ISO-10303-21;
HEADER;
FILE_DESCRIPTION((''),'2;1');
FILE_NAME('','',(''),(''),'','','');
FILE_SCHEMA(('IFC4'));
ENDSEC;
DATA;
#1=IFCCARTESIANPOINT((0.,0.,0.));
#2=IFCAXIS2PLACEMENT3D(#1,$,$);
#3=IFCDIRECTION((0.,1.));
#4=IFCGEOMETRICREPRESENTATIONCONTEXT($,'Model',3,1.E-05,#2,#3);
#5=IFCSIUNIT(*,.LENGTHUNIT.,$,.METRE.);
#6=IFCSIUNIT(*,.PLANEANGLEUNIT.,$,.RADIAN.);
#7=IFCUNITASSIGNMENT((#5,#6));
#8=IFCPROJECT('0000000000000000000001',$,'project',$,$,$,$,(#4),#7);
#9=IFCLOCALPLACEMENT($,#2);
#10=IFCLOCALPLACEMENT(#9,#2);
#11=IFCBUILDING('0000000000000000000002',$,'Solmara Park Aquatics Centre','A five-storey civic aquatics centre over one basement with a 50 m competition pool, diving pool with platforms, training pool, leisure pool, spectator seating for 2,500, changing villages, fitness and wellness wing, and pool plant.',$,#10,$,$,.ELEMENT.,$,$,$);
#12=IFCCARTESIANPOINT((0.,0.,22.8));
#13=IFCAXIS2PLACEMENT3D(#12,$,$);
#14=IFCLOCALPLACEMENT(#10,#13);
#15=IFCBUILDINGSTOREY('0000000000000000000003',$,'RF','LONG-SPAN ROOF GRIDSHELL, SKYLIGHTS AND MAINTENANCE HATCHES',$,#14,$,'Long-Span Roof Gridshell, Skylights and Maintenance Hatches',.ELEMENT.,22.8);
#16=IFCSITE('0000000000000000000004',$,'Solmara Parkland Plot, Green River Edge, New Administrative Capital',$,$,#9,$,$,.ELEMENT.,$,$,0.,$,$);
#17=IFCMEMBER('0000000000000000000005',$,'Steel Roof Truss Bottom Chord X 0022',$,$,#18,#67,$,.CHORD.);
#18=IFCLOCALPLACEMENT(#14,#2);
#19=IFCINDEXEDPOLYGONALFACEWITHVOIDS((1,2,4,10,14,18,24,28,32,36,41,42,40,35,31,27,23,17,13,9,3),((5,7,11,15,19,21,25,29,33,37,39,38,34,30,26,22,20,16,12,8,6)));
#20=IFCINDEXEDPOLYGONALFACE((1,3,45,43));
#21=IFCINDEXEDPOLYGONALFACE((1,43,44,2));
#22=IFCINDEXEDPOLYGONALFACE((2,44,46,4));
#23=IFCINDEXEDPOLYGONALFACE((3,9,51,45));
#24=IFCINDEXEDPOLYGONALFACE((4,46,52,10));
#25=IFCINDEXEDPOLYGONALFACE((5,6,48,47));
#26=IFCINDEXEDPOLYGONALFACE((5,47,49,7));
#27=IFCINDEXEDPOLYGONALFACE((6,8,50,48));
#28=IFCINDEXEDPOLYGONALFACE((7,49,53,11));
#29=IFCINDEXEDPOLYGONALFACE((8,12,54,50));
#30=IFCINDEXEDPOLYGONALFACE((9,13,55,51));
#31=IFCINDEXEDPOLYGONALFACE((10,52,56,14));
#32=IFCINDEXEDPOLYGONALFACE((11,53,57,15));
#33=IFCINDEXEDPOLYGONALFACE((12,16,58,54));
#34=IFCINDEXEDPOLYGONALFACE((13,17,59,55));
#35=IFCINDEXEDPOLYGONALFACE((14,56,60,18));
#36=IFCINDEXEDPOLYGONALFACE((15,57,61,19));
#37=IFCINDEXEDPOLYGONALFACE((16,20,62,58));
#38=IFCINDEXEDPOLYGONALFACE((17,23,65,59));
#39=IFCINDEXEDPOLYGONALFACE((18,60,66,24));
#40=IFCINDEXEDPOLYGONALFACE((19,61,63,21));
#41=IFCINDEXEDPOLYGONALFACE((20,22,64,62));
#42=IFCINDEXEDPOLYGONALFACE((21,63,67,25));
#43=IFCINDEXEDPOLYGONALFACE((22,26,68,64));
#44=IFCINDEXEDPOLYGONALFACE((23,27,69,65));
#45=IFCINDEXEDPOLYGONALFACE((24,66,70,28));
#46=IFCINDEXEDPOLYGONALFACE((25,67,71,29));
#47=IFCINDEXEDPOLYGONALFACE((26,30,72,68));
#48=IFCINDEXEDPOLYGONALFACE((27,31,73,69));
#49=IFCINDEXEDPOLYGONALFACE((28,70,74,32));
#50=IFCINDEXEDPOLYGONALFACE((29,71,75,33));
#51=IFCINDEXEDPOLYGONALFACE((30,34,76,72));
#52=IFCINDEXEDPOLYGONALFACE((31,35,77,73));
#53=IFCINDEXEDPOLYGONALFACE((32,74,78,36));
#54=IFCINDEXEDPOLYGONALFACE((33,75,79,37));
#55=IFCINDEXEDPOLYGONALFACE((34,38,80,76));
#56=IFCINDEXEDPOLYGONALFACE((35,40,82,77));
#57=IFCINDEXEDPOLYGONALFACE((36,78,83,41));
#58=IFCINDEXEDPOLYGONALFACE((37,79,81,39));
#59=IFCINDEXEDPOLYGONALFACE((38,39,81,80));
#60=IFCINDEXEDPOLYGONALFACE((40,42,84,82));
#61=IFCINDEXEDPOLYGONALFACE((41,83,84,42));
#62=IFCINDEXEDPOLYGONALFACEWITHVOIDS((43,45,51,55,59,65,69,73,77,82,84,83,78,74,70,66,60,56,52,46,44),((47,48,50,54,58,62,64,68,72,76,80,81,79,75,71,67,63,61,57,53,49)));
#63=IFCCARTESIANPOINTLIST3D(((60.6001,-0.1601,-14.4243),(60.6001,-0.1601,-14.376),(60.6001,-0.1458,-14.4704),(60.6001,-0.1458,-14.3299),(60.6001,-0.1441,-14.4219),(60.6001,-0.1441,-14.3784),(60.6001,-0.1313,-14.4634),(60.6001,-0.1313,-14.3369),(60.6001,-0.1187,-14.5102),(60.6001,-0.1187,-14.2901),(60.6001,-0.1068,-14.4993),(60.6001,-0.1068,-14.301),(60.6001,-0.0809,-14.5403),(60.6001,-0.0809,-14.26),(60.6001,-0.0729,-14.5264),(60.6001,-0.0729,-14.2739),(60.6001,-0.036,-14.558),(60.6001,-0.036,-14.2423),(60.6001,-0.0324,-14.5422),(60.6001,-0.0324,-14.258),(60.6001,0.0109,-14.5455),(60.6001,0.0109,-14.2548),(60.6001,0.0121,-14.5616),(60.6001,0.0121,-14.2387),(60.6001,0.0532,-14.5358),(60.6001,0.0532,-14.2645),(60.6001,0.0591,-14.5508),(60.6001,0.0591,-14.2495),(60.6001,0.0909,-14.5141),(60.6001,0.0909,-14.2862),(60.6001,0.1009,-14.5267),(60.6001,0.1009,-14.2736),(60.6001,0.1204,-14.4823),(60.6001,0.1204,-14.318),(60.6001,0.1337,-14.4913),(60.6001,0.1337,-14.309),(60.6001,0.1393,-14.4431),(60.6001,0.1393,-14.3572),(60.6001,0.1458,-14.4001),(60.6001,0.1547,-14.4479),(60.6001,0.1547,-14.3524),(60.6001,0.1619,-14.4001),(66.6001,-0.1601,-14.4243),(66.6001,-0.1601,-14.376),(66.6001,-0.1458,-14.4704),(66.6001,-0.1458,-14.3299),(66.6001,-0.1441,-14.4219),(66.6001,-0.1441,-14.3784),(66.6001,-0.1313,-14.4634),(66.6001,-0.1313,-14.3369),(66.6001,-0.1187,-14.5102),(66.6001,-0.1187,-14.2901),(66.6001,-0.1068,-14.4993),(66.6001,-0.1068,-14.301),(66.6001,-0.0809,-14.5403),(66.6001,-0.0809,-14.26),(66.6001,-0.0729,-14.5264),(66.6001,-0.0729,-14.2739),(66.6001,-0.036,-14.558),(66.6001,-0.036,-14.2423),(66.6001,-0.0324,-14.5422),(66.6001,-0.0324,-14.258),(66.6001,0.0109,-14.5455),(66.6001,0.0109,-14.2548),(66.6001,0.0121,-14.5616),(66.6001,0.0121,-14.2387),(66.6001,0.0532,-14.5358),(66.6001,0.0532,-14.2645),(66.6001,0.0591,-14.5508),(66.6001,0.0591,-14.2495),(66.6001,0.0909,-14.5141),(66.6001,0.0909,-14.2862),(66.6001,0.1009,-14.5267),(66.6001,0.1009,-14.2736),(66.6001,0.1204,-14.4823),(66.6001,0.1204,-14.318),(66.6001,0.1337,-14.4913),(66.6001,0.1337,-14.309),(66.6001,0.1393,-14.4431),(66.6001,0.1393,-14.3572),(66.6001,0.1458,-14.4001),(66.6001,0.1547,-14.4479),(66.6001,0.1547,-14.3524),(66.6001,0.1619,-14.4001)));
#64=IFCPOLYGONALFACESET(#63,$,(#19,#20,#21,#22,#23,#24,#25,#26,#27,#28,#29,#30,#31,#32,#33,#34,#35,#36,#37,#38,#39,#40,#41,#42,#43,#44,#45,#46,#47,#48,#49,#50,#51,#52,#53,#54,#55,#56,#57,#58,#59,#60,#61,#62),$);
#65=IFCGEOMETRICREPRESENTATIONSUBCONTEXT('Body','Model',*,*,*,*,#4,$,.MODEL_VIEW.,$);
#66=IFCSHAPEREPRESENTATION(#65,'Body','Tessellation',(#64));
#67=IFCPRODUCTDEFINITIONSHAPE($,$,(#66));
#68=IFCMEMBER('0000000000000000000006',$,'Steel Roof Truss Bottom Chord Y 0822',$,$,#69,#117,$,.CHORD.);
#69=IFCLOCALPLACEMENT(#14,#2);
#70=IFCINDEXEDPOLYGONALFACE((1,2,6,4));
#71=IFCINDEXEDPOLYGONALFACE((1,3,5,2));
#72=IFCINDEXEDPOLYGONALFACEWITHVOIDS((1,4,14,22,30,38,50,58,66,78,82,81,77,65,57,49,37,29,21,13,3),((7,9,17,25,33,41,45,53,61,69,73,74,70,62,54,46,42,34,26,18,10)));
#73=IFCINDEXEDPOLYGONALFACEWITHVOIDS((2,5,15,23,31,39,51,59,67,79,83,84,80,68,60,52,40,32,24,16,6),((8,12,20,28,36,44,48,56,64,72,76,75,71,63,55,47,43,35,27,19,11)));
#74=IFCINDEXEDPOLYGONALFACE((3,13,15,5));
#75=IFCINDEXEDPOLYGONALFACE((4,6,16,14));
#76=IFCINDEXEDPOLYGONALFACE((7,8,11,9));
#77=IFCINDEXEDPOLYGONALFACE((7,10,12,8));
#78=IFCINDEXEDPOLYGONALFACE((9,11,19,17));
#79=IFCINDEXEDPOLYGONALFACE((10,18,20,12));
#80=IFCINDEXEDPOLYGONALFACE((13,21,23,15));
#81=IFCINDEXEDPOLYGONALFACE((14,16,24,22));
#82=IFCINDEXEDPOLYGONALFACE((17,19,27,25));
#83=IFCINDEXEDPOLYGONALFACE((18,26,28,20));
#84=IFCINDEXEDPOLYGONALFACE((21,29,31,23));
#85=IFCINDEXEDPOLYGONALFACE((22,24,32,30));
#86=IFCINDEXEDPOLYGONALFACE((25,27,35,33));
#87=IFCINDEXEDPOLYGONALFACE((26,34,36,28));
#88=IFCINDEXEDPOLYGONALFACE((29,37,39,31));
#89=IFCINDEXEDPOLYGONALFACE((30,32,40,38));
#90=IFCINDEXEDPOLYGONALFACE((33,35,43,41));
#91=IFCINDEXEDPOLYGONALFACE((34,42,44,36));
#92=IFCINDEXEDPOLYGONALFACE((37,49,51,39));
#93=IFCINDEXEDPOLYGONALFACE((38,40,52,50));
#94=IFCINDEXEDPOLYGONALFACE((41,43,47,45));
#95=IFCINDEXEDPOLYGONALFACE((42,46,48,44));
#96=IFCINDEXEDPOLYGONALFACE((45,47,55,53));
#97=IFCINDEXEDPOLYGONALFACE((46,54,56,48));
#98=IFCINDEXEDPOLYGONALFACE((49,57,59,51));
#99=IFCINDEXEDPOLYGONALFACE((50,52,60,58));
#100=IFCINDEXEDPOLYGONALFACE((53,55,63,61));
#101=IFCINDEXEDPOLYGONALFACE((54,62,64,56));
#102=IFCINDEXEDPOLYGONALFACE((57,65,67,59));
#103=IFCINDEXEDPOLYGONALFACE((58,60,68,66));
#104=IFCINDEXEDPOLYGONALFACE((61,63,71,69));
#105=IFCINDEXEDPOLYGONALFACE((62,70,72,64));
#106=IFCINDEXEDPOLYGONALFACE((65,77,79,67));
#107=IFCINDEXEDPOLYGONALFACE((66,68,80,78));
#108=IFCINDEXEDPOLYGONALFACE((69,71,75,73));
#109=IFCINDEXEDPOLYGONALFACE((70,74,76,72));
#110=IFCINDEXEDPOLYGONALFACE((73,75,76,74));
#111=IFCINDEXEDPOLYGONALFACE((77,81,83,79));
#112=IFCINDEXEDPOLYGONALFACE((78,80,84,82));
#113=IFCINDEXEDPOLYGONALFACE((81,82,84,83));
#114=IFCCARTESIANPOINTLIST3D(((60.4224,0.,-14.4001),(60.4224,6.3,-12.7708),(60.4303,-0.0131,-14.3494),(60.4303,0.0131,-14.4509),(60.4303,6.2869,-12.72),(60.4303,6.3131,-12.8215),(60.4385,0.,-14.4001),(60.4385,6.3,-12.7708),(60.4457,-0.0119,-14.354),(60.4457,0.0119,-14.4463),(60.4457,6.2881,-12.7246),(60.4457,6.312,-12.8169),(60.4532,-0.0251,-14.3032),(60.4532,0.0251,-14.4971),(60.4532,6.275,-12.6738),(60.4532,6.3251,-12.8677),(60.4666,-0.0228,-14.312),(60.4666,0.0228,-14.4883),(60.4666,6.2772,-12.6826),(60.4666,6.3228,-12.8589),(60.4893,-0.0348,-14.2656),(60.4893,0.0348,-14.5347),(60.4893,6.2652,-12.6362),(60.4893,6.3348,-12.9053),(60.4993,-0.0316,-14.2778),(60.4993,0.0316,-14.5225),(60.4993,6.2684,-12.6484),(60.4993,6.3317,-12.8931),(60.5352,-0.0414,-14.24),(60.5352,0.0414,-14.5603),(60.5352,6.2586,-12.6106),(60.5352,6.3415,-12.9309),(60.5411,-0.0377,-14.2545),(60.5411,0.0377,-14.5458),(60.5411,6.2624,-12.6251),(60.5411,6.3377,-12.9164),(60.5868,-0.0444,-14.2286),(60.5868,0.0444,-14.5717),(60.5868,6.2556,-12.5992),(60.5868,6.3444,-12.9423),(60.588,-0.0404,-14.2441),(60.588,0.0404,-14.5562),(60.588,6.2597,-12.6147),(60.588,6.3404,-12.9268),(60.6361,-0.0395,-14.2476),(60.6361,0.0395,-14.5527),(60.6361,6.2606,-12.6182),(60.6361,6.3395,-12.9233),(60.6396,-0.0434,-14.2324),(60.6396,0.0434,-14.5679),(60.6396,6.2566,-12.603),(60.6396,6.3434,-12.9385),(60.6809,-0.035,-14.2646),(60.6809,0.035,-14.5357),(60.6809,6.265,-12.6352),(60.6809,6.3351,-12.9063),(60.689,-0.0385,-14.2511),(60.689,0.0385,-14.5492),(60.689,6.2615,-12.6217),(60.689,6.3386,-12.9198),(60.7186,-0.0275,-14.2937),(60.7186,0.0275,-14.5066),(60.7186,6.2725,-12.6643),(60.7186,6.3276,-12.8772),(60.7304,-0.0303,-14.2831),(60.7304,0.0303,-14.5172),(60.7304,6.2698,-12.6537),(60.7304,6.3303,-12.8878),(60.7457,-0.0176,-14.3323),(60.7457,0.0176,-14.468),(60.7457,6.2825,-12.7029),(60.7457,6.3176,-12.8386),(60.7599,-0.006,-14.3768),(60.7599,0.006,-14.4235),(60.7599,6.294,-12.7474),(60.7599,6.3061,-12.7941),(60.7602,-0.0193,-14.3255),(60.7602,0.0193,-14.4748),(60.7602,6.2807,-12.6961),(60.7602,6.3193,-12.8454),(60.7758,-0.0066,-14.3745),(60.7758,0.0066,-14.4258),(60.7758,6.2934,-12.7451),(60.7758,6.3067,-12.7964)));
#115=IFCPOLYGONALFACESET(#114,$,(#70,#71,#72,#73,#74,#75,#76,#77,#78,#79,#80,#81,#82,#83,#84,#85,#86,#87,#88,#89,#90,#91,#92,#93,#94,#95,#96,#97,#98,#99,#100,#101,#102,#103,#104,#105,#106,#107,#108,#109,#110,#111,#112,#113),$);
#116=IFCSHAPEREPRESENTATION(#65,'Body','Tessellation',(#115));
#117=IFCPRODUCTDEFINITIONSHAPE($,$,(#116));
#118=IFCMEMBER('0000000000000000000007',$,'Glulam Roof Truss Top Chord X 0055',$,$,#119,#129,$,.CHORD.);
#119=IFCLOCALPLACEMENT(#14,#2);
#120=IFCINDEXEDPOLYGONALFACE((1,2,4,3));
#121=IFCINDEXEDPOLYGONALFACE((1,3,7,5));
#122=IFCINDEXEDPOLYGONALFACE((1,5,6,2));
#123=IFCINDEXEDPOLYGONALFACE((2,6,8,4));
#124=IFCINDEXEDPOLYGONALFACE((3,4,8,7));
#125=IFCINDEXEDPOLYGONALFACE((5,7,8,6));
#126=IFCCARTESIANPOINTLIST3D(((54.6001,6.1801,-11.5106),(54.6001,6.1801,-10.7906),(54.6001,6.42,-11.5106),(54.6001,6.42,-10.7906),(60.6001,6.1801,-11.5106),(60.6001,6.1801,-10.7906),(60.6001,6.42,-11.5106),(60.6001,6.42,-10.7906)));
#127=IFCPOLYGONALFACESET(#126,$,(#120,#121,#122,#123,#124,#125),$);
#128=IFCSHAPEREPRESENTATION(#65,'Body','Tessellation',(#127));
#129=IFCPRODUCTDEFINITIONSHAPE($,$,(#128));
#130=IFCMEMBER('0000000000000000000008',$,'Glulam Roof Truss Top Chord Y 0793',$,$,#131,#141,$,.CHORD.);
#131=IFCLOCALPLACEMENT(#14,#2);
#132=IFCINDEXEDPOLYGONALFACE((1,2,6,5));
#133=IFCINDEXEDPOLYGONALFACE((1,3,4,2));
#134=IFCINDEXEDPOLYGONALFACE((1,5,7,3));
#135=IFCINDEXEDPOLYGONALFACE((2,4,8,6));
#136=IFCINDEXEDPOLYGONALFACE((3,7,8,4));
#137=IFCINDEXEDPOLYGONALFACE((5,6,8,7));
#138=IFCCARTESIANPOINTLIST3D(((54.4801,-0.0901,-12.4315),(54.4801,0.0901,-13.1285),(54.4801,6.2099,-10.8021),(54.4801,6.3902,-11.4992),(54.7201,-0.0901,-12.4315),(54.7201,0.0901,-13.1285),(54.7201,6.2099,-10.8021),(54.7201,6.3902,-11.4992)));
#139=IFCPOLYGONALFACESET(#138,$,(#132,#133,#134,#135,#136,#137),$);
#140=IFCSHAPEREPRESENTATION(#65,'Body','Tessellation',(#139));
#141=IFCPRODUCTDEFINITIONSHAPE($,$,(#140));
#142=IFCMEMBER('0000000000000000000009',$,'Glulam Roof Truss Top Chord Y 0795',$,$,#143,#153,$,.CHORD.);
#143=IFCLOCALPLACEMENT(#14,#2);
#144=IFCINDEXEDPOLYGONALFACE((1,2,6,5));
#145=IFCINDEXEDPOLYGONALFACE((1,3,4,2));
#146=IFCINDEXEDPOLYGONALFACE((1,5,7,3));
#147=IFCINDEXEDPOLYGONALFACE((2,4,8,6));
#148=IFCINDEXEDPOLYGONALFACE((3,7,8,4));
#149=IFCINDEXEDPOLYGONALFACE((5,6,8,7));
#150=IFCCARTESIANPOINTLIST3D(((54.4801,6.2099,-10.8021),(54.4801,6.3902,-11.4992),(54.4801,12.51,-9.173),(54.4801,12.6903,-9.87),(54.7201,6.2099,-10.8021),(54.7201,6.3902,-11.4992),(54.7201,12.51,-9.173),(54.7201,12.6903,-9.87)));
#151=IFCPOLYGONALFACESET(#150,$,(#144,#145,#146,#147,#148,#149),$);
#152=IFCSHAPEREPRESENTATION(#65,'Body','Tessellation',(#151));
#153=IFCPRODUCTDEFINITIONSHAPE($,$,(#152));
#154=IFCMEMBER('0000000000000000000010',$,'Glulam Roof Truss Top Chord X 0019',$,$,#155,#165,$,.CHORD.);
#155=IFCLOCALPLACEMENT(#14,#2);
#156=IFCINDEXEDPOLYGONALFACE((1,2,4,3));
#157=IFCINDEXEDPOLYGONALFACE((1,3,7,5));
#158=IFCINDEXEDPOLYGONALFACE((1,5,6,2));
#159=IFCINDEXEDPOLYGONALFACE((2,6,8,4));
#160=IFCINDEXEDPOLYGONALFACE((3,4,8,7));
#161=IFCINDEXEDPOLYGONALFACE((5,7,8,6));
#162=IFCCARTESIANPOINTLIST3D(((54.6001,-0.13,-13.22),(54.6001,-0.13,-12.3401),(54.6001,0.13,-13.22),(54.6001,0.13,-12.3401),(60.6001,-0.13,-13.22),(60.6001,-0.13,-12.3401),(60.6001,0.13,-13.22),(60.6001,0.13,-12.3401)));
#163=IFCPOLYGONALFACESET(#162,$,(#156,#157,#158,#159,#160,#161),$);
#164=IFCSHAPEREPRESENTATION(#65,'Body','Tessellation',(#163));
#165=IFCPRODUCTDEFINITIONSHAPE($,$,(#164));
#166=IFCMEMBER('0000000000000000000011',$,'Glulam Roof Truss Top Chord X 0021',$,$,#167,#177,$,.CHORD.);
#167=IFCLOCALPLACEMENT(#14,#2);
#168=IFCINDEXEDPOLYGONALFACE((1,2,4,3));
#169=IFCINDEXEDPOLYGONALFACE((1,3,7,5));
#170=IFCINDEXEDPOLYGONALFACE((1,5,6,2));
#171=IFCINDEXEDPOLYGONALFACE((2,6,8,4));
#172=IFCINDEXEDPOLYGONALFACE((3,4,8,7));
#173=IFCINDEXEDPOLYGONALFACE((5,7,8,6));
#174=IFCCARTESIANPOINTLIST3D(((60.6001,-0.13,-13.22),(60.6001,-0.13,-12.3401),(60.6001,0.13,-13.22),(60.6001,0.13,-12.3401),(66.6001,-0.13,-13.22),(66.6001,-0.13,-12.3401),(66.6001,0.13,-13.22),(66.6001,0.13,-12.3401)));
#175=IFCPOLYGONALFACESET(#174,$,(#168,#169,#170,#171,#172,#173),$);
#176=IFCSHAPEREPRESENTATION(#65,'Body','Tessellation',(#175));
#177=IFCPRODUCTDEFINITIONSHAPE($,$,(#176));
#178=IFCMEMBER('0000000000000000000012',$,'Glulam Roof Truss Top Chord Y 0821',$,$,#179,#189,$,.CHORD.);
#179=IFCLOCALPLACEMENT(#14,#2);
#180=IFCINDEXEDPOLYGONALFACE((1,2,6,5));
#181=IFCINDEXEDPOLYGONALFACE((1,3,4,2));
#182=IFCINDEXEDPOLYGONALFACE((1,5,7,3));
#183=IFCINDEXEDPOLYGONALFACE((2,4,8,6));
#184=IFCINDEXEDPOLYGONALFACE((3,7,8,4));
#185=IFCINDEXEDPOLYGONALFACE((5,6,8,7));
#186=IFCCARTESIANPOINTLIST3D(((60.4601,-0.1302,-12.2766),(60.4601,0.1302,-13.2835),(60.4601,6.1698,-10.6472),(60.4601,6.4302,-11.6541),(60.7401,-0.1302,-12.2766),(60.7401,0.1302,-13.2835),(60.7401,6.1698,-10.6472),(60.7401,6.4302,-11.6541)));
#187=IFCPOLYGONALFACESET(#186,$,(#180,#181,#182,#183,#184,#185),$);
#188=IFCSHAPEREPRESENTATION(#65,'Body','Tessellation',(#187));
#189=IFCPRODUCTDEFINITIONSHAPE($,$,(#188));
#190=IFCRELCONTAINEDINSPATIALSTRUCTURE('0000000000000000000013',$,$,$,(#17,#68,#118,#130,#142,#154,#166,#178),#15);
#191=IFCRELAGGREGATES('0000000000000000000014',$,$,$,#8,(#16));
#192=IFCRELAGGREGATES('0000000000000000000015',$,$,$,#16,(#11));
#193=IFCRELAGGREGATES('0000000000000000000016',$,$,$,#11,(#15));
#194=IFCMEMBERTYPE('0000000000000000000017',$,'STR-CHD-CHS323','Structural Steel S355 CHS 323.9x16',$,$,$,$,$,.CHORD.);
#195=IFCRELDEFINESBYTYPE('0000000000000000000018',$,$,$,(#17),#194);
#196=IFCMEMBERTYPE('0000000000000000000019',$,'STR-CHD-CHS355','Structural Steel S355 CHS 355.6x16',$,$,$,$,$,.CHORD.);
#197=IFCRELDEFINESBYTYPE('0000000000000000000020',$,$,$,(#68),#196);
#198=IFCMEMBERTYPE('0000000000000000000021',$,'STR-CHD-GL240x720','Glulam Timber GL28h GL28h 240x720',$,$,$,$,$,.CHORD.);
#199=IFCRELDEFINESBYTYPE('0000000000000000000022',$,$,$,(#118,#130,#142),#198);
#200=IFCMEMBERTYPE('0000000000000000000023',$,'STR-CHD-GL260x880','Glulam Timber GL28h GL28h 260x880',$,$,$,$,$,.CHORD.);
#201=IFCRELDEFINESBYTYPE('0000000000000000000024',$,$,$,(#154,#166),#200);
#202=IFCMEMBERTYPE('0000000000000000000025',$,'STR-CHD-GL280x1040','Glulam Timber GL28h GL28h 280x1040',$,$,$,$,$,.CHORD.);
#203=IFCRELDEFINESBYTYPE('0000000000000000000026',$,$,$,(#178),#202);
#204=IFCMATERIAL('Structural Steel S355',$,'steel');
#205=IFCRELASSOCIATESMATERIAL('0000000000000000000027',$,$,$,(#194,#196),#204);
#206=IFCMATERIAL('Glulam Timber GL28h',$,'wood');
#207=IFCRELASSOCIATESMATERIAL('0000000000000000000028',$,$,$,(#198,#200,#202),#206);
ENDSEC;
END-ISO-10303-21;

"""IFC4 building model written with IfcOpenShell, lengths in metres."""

from ifc_helpers import new_model, si_unit, direction, frame, origin, origin_2d, place, context, subcontext, project, spatial, rectangle, hollow_circle, extrude, material, material_profile, profile_set, type_object, element, save


model = new_model("IFC4")

# Units and contexts
model_context = context("Model", 3, precision=1e-05, world=origin(), true_north=direction((0.0, 1.0)))
body_context = subcontext(model_context, "Body", "Model", "MODEL_VIEW")
ifc_project = project(units=[si_unit("LENGTHUNIT", "METRE"), si_unit("PLANEANGLEUNIT", "RADIAN")], contexts=[model_context])

# Site, building, storey
site_placement = place(None, origin())
site = spatial("IfcSite", under=ifc_project, at=site_placement, Name="Solmara Parkland Plot, Green River Edge, New Administrative Capital", CompositionType="ELEMENT", RefElevation=0.0)
building_placement = place(site_placement, origin())
building = spatial("IfcBuilding", under=site, at=building_placement, Name="Solmara Park Aquatics Centre", Description="A five-storey civic aquatics centre over one basement with a 50 m competition pool, diving pool with platforms, training pool, leisure pool, spectator seating for 2,500, changing villages, fitness and wellness wing, and pool plant.", CompositionType="ELEMENT")
storey_placement = place(building_placement, frame((0.0, 0.0, 22.8)))
storey = spatial("IfcBuildingStorey", under=building, at=storey_placement, Name="RF", Description="LONG-SPAN ROOF GRIDSHELL, SKYLIGHTS AND MAINTENANCE HATCHES", LongName="Long-Span Roof Gridshell, Skylights and Maintenance Hatches", CompositionType="ELEMENT", Elevation=22.8)

# Members
ifc_material_1 = material(Name="Structural Steel S355", Category="steel")
ifc_material_profile_1 = material_profile(ifc_material_1, hollow_circle(Radius=0.1619, WallThickness=0.0161, at=origin_2d()), Name="CHS 323.9x16")
ifc_profile_set_1 = profile_set([ifc_material_profile_1], Name="Structural Steel S355")
member_type_1 = type_object("IfcMemberType", Name="STR-CHD-CHS323", Description="Structural Steel S355 CHS 323.9x16", PredefinedType="CHORD", material=ifc_profile_set_1)
for number, where, z_axis, x_axis, name in (
    (1, (60.6001, 0.0, -14.4001), (1.0, 0.0, 0.0), (0.0, 1.0, 0.0), "Steel Roof Truss Bottom Chord X 0022"),
):
    element("IfcMember", number, at=place(storey_placement, frame(where, z_axis=z_axis, x_axis=x_axis)), inside=storey, type_object=member_type_1, Name=name, PredefinedType="CHORD", context=body_context, shape_type="SweptSolid", body=[
        extrude(hollow_circle(Radius=0.1619, WallThickness=0.0161, at=origin_2d()), origin(), (0.0, 0.0, 1.0), 6.0),
    ])
ifc_material_profile_2 = material_profile(ifc_material_1, hollow_circle(Radius=0.1777, WallThickness=0.0161, at=origin_2d()), Name="CHS 355.6x16")
ifc_profile_set_2 = profile_set([ifc_material_profile_2], Name="Structural Steel S355")
member_type_2 = type_object("IfcMemberType", Name="STR-CHD-CHS355", Description="Structural Steel S355 CHS 355.6x16", PredefinedType="CHORD", material=ifc_profile_set_2)
member_1_placement = place(storey_placement, frame((60.6001, 0.0, -14.4001), z_axis=(0.0, 0.968144, 0.250393), x_axis=(-1.0, 0.0, 0.0)))
element("IfcMember", 2, at=member_1_placement, inside=storey, type_object=member_type_2, Name="Steel Roof Truss Bottom Chord Y 0822", PredefinedType="CHORD", context=body_context, shape_type="SweptSolid", body=[
    extrude(hollow_circle(Radius=0.1777, WallThickness=0.0161, at=origin_2d()), origin(), (0.0, 0.0, 1.0), 6.5073),
])
ifc_material_2 = material(Name="Glulam Timber GL28h", Category="wood")
ifc_material_profile_3 = material_profile(ifc_material_2, rectangle(XDim=0.24, YDim=0.72, at=origin_2d()), Name="GL28h 240x720")
ifc_profile_set_3 = profile_set([ifc_material_profile_3], Name="Glulam Timber GL28h")
member_type_3 = type_object("IfcMemberType", Name="STR-CHD-GL240x720", Description="Glulam Timber GL28h GL28h 240x720", PredefinedType="CHORD", material=ifc_profile_set_3)
member_2_placement = place(storey_placement, frame((54.6001, 6.3, -11.1506), z_axis=(1.0, 0.0, 0.0), x_axis=(0.0, 1.0, 0.0)))
element("IfcMember", 3, at=member_2_placement, inside=storey, type_object=member_type_3, Name="Glulam Roof Truss Top Chord X 0055", PredefinedType="CHORD", context=body_context, shape_type="SweptSolid", body=[
    extrude(rectangle(XDim=0.24, YDim=0.72, at=origin_2d()), origin(), (0.0, 0.0, 1.0), 6.0),
])
for number, where, z_axis, x_axis, name in (
    (4, (54.6001, 0.0, -12.78), (0.0, 0.968144, 0.250393), (-1.0, 0.0, 0.0), "Glulam Roof Truss Top Chord Y 0793"),
    (5, (54.6001, 6.3, -11.1506), (0.0, 0.968153, 0.250358), (-1.0, 0.0, 0.0), "Glulam Roof Truss Top Chord Y 0795"),
):
    element("IfcMember", number, at=place(storey_placement, frame(where, z_axis=z_axis, x_axis=x_axis)), inside=storey, type_object=member_type_3, Name=name, PredefinedType="CHORD", context=body_context, shape_type="SweptSolid", body=[
        extrude(rectangle(XDim=0.24, YDim=0.72, at=origin_2d()), origin(), (0.0, 0.0, 1.0), 6.5073),
    ])
ifc_material_profile_4 = material_profile(ifc_material_2, rectangle(XDim=0.26, YDim=0.8799, at=origin_2d()), Name="GL28h 260x880")
ifc_profile_set_4 = profile_set([ifc_material_profile_4], Name="Glulam Timber GL28h")
member_type_4 = type_object("IfcMemberType", Name="STR-CHD-GL260x880", Description="Glulam Timber GL28h GL28h 260x880", PredefinedType="CHORD", material=ifc_profile_set_4)
for number, where, z_axis, x_axis, name in (
    (6, (54.6001, 0.0, -12.78), (1.0, 0.0, 0.0), (0.0, 1.0, 0.0), "Glulam Roof Truss Top Chord X 0019"),
    (7, (60.6001, 0.0, -12.78), (1.0, 0.0, 0.0), (0.0, 1.0, 0.0), "Glulam Roof Truss Top Chord X 0021"),
):
    element("IfcMember", number, at=place(storey_placement, frame(where, z_axis=z_axis, x_axis=x_axis)), inside=storey, type_object=member_type_4, Name=name, PredefinedType="CHORD", context=body_context, shape_type="SweptSolid", body=[
        extrude(rectangle(XDim=0.26, YDim=0.8799, at=origin_2d()), origin(), (0.0, 0.0, 1.0), 6.0),
    ])
ifc_material_profile_5 = material_profile(ifc_material_2, rectangle(XDim=0.28, YDim=1.04, at=origin_2d()), Name="GL28h 280x1040")
ifc_profile_set_5 = profile_set([ifc_material_profile_5], Name="Glulam Timber GL28h")
member_type_5 = type_object("IfcMemberType", Name="STR-CHD-GL280x1040", Description="Glulam Timber GL28h GL28h 280x1040", PredefinedType="CHORD", material=ifc_profile_set_5)
member_3_placement = place(storey_placement, frame((60.6001, 0.0, -12.78), z_axis=(0.0, 0.968144, 0.250393), x_axis=(-1.0, 0.0, 0.0)))
element("IfcMember", 8, at=member_3_placement, inside=storey, type_object=member_type_5, Name="Glulam Roof Truss Top Chord Y 0821", PredefinedType="CHORD", context=body_context, shape_type="SweptSolid", body=[
    extrude(rectangle(XDim=0.28, YDim=1.04, at=origin_2d()), origin(), (0.0, 0.0, 1.0), 6.5073),
])

save(model, "model.ifc")
